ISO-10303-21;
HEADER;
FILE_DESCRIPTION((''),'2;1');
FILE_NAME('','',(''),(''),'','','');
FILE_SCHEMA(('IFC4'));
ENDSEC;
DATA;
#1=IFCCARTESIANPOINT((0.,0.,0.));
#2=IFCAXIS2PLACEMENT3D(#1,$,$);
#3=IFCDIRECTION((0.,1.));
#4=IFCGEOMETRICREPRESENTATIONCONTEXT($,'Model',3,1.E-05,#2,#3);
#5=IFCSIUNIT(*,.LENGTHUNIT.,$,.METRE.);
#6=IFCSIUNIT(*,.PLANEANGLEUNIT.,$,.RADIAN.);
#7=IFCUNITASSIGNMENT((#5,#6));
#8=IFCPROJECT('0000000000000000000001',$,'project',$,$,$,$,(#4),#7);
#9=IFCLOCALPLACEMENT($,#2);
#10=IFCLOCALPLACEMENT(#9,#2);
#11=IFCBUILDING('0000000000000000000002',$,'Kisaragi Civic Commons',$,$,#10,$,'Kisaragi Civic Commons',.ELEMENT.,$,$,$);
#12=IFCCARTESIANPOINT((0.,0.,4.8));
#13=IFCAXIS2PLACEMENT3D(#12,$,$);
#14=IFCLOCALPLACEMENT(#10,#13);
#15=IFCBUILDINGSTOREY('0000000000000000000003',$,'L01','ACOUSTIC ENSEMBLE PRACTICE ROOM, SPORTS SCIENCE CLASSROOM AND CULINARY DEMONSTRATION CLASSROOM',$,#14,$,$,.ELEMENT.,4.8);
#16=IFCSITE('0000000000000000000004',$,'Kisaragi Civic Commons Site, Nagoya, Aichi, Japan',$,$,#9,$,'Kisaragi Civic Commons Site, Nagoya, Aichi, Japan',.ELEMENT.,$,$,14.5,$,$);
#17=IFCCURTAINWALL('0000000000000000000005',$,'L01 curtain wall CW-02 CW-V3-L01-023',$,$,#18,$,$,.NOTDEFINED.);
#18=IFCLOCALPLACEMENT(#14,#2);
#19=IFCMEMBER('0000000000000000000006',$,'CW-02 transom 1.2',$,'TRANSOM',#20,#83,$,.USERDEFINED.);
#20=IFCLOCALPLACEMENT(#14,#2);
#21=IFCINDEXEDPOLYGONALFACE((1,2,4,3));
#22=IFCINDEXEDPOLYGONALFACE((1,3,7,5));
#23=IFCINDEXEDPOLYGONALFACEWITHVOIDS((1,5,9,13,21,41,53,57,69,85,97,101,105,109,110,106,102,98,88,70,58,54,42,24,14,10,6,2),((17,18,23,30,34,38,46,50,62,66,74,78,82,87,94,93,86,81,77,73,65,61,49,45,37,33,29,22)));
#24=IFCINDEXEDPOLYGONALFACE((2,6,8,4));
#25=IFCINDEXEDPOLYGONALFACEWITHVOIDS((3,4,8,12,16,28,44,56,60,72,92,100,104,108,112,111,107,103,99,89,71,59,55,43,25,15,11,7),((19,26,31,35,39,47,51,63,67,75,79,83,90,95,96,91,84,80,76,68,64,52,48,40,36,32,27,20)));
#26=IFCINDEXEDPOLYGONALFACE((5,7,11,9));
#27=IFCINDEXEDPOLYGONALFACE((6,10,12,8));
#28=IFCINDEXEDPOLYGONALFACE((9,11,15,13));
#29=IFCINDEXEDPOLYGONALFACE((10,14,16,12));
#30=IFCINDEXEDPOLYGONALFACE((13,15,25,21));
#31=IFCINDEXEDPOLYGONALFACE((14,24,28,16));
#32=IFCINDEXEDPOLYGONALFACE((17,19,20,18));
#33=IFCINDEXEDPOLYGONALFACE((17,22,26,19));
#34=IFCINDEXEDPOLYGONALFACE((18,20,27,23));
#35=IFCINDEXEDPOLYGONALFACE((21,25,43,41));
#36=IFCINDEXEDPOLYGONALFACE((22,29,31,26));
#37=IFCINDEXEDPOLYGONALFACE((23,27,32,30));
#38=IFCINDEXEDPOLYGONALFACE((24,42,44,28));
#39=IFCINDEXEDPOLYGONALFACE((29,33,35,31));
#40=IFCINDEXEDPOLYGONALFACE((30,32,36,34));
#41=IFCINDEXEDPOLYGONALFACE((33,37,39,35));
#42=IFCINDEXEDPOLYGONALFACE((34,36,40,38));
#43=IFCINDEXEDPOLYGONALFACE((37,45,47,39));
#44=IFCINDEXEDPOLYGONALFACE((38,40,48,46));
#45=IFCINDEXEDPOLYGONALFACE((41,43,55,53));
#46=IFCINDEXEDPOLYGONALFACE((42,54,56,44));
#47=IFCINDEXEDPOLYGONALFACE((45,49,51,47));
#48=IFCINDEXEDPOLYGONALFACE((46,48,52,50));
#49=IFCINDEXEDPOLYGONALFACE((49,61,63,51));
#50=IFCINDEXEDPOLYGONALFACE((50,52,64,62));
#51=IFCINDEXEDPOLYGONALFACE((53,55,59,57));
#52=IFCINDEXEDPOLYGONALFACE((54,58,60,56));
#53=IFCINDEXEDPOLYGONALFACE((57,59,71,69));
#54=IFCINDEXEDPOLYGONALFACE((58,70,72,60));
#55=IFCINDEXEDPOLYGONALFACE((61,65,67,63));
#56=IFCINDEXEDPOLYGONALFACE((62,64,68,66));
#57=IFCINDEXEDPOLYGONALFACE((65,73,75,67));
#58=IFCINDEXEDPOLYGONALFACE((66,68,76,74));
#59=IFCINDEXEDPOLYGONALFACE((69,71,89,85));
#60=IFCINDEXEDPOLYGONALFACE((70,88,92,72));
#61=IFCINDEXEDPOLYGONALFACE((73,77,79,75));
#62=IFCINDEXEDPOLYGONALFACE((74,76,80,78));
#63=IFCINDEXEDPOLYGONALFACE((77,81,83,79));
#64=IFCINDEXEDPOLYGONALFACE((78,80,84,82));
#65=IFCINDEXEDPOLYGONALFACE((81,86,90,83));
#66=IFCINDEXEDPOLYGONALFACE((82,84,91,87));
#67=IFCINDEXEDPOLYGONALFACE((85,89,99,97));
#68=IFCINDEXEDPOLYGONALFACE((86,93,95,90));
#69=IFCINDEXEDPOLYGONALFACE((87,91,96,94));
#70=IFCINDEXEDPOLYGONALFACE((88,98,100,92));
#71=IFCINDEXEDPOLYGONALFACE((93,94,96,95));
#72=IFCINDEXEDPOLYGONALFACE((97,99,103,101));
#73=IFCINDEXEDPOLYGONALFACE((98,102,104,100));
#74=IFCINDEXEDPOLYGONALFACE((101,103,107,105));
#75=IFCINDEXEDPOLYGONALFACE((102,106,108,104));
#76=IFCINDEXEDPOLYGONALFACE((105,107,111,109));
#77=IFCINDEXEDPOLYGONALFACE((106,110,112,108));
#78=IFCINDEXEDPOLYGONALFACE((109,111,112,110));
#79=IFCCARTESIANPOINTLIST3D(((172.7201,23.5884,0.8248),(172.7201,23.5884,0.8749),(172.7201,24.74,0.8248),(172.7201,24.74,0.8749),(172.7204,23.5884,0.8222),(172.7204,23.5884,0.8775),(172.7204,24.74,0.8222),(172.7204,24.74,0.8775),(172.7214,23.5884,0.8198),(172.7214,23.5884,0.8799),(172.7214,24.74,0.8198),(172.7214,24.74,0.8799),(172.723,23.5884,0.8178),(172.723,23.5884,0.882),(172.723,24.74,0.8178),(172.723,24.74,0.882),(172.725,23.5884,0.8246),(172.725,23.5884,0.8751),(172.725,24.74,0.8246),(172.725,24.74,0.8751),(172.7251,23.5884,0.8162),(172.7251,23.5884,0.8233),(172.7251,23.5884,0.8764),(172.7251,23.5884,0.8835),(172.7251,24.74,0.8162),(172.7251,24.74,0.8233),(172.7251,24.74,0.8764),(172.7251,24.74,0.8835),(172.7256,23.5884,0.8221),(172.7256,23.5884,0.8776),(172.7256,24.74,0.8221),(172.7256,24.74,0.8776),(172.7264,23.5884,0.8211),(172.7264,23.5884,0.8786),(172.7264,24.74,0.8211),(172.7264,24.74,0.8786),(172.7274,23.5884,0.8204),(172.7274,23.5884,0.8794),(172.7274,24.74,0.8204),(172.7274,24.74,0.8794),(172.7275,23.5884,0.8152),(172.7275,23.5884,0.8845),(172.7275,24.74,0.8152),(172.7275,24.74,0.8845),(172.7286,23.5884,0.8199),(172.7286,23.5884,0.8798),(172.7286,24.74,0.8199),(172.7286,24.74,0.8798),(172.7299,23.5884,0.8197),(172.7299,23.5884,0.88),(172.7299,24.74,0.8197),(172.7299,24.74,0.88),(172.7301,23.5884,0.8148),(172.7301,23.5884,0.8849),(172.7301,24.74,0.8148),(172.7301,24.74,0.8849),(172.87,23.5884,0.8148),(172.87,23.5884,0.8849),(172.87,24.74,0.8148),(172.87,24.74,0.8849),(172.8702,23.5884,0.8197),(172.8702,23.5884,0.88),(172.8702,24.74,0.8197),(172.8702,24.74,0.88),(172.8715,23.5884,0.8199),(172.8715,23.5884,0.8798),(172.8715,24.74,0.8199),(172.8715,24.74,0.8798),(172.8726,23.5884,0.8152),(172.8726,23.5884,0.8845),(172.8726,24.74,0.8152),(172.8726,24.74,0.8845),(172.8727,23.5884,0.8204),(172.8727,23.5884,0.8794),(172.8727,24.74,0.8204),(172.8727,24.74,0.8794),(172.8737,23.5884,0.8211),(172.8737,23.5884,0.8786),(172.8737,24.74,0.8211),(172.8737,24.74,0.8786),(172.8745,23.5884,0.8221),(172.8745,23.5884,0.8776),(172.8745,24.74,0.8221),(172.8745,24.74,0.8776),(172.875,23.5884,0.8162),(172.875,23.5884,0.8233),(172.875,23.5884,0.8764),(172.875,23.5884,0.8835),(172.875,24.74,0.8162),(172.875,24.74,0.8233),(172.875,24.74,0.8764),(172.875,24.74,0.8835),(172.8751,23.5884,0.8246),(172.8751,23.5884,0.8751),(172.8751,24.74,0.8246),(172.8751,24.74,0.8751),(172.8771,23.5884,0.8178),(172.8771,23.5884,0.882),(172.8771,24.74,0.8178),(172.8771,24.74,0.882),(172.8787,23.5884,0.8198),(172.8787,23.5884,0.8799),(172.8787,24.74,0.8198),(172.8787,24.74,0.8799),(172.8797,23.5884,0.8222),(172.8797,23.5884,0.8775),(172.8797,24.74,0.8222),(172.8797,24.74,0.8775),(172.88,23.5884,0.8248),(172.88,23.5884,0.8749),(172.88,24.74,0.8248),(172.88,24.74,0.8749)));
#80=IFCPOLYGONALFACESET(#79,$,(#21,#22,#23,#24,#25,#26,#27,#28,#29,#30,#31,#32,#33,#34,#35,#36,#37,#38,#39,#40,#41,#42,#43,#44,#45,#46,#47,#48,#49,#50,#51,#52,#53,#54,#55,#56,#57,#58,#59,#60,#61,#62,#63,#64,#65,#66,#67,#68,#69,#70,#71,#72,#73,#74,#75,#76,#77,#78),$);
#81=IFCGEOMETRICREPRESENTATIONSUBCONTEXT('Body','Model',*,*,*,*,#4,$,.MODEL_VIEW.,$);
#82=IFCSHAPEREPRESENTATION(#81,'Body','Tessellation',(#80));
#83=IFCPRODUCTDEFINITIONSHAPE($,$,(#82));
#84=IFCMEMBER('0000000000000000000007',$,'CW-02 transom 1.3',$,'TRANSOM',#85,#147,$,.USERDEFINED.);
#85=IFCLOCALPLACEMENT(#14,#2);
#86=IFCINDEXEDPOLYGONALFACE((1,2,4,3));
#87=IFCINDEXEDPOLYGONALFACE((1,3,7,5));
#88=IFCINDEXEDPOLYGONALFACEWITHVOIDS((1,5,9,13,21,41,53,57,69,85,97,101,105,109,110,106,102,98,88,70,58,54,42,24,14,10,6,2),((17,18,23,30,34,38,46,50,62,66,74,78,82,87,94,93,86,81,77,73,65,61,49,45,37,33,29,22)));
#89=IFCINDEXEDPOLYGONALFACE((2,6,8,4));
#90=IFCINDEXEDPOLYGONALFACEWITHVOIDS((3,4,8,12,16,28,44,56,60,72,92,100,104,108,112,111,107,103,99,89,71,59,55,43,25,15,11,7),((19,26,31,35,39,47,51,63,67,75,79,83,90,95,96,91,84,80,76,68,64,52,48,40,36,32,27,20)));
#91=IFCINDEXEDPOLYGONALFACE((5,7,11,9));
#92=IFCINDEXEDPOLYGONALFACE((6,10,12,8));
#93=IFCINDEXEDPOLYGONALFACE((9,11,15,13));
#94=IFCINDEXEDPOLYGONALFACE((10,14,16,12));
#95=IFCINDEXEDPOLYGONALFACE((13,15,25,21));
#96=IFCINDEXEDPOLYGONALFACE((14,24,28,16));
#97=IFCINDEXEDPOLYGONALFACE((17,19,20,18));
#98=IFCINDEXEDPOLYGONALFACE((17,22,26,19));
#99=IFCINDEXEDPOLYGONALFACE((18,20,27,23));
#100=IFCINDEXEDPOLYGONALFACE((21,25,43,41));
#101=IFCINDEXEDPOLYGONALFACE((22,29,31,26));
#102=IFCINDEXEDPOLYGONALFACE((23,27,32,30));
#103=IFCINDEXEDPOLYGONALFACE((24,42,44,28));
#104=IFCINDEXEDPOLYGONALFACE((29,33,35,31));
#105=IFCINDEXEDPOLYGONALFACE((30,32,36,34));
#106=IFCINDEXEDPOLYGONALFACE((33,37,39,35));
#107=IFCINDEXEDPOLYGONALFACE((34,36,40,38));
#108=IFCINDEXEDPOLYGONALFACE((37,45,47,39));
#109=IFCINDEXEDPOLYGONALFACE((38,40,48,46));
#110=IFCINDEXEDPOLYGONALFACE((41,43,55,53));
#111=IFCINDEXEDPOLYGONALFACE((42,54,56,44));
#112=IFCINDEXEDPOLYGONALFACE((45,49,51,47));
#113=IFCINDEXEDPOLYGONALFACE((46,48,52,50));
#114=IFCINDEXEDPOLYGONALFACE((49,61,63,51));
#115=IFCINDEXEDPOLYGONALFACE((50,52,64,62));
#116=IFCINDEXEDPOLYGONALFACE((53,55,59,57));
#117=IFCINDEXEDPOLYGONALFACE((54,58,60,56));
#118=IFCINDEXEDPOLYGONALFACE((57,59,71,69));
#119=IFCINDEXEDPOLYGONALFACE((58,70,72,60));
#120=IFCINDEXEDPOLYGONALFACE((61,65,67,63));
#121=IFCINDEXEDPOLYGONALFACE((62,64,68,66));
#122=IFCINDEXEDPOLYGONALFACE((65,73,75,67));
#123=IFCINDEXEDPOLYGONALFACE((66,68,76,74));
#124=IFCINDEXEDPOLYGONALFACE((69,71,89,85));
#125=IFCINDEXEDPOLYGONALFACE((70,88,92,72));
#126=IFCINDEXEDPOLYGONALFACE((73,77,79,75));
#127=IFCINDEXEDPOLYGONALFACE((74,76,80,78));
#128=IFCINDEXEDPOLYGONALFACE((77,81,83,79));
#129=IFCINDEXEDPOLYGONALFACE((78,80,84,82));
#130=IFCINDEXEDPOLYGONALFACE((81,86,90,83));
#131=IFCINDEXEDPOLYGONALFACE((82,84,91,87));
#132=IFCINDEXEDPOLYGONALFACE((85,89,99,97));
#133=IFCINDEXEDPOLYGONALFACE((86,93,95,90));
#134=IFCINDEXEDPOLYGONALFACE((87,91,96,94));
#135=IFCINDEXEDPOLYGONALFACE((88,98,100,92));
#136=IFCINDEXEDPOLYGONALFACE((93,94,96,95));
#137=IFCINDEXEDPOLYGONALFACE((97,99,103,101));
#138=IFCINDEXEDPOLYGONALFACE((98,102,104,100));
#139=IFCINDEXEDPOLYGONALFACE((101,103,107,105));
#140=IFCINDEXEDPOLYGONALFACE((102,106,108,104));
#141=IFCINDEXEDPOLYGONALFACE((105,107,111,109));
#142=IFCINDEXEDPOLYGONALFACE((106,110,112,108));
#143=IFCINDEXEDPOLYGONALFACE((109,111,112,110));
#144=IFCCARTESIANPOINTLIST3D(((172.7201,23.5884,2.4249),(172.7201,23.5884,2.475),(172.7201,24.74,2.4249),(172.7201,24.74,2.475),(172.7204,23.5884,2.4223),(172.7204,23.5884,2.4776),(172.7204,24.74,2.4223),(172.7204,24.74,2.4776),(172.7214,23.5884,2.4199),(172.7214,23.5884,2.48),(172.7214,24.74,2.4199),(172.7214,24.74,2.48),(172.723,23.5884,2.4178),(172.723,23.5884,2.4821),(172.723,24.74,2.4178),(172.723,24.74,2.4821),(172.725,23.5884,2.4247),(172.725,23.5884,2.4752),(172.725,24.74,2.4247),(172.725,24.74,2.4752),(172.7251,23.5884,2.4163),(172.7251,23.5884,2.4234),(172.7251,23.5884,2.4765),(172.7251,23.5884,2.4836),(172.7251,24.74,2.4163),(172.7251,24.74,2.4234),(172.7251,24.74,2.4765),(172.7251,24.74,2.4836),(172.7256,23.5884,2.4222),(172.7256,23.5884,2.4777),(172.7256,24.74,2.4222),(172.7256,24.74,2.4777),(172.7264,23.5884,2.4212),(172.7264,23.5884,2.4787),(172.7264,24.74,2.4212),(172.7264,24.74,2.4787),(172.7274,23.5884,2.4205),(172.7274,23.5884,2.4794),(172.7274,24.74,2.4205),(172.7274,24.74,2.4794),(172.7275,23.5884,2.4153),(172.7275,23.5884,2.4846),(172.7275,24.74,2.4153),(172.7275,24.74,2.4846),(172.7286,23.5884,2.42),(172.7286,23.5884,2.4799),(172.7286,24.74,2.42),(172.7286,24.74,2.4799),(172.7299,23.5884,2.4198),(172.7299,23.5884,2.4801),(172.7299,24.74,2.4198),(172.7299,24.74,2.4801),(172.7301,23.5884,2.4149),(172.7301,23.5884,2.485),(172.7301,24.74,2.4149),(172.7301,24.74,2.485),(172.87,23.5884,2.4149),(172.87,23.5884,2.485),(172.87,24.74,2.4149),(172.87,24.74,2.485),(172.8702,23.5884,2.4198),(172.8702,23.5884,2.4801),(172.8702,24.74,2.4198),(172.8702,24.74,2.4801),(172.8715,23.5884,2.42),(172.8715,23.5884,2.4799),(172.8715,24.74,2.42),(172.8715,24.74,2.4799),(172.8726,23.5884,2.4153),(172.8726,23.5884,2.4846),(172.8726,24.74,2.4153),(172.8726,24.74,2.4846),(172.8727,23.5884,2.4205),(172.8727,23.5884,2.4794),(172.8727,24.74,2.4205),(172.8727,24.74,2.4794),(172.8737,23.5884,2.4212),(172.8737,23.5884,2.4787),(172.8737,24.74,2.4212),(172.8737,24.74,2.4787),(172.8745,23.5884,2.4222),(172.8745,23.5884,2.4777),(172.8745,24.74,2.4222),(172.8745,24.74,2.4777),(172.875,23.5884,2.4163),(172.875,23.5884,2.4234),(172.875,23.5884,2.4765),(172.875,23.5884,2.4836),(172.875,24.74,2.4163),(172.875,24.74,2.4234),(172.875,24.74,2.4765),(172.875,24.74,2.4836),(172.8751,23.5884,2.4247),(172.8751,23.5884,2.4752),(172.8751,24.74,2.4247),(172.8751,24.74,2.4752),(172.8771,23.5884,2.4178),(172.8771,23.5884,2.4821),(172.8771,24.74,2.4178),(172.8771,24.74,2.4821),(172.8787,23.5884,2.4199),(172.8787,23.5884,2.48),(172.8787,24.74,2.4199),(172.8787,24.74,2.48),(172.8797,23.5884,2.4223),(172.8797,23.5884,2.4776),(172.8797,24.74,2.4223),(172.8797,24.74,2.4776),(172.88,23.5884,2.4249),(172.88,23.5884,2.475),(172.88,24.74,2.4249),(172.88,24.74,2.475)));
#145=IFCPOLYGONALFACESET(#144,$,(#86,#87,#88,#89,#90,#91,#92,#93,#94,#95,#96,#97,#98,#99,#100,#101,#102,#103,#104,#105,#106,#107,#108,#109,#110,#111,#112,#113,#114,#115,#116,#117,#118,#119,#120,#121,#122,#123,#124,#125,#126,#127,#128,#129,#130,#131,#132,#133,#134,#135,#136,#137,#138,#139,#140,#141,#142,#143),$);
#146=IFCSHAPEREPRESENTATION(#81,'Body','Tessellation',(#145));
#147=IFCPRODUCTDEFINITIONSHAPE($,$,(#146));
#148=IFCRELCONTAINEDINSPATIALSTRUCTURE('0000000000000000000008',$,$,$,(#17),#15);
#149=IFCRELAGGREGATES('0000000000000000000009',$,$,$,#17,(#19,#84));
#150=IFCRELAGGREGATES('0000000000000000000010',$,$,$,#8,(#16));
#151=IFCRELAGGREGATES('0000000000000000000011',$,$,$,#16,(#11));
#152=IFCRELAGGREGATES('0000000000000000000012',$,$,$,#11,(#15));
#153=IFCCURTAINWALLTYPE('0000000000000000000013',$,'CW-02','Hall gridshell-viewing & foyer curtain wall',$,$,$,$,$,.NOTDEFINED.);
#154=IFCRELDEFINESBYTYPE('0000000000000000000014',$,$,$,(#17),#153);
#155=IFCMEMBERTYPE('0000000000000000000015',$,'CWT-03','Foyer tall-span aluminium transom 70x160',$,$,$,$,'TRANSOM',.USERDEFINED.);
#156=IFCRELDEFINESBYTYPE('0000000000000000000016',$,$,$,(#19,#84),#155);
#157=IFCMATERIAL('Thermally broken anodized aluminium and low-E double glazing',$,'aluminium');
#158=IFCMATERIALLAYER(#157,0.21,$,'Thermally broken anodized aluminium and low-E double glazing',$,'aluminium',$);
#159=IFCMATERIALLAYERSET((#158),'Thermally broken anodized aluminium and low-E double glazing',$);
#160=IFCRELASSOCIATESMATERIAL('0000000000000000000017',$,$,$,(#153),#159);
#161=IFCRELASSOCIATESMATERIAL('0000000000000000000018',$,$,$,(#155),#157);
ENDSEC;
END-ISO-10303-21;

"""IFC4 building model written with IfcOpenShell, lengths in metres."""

from ifc_helpers import new_model, si_unit, direction, frame, origin, origin_2d, place, context, subcontext, project, spatial, hollow_rectangle, extrude, material, layer, layer_set, material_profile, profile_set, type_object, element, aggregate, save


model = new_model("IFC4")

# Units and contexts
model_context = context("Model", 3, precision=1e-05, world=origin(), true_north=direction((0.0, 1.0)))
body_context = subcontext(model_context, "Body", "Model", "MODEL_VIEW")
ifc_project = project(units=[si_unit("LENGTHUNIT", "METRE"), si_unit("PLANEANGLEUNIT", "RADIAN")], contexts=[model_context])

# Site, building, storey
site_placement = place(None, origin())
site = spatial("IfcSite", under=ifc_project, at=site_placement, Name="Kisaragi Civic Commons Site, Nagoya, Aichi, Japan", LongName="Kisaragi Civic Commons Site, Nagoya, Aichi, Japan", CompositionType="ELEMENT", RefElevation=14.5)
building_placement = place(site_placement, origin())
building = spatial("IfcBuilding", under=site, at=building_placement, Name="Kisaragi Civic Commons", LongName="Kisaragi Civic Commons", CompositionType="ELEMENT")
storey_placement = place(building_placement, frame((0.0, 0.0, 4.8)))
storey = spatial("IfcBuildingStorey", under=building, at=storey_placement, Name="L01", Description="ACOUSTIC ENSEMBLE PRACTICE ROOM, SPORTS SCIENCE CLASSROOM AND CULINARY DEMONSTRATION CLASSROOM", CompositionType="ELEMENT", Elevation=4.8)

# Curtain wall, members
ifc_material_1 = material(Name="Thermally broken anodized aluminium and low-E double glazing", Category="aluminium")
ifc_layer_1 = layer(ifc_material_1, 0.21, Name="Thermally broken anodized aluminium and low-E double glazing", Category="aluminium")
ifc_layer_set_1 = layer_set([ifc_layer_1], Name="Thermally broken anodized aluminium and low-E double glazing")
curtain_wall_type = type_object("IfcCurtainWallType", Name="CW-02", Description="Hall gridshell-viewing & foyer curtain wall", PredefinedType="NOTDEFINED", material=ifc_layer_set_1)
curtain_wall_placement = place(storey_placement, origin())
curtain_wall = element("IfcCurtainWall", 1, at=curtain_wall_placement, inside=storey, type_object=curtain_wall_type, Name="L01 curtain wall CW-02 CW-V3-L01-023", PredefinedType="NOTDEFINED")
ifc_material_profile_1 = material_profile(ifc_material_1, hollow_rectangle(XDim=0.1599, YDim=0.0701, WallThickness=0.0049, InnerFilletRadius=0.0049, OuterFilletRadius=0.01, at=origin_2d()), Name="CWT-70x160x5", Category="aluminium")
ifc_profile_set_1 = profile_set([ifc_material_profile_1], Name="Thermally broken anodized aluminium and low-E double glazing")
member_type_1 = type_object("IfcMemberType", Name="CWT-03", Description="Foyer tall-span aluminium transom 70x160", ElementType="TRANSOM", PredefinedType="USERDEFINED", material=ifc_profile_set_1)
member_1_placement = place(storey_placement, frame((172.8, 24.74, 0.8499), z_axis=(0.0, -1.0, 0.0), x_axis=(1.0, 0.0, 0.0)))
member_1 = element("IfcMember", 2, at=member_1_placement, type_object=member_type_1, Name="CW-02 transom 1.2", ObjectType="TRANSOM", PredefinedType="USERDEFINED", context=body_context, shape_type="SweptSolid", body=[
    extrude(hollow_rectangle(XDim=0.1599, YDim=0.0701, WallThickness=0.0049, InnerFilletRadius=0.0049, OuterFilletRadius=0.01, at=origin_2d()), origin(), (0.0, 0.0, 1.0), 1.1516),
])
member_2_placement = place(storey_placement, frame((172.8, 24.74, 2.45), z_axis=(0.0, -1.0, 0.0), x_axis=(1.0, 0.0, 0.0)))
member_2 = element("IfcMember", 3, at=member_2_placement, type_object=member_type_1, Name="CW-02 transom 1.3", ObjectType="TRANSOM", PredefinedType="USERDEFINED", context=body_context, shape_type="SweptSolid", body=[
    extrude(hollow_rectangle(XDim=0.1599, YDim=0.0701, WallThickness=0.0049, InnerFilletRadius=0.0049, OuterFilletRadius=0.01, at=origin_2d()), origin(), (0.0, 0.0, 1.0), 1.1516),
])
aggregate(curtain_wall, [member_1, member_2])

save(model, "model.ifc")
